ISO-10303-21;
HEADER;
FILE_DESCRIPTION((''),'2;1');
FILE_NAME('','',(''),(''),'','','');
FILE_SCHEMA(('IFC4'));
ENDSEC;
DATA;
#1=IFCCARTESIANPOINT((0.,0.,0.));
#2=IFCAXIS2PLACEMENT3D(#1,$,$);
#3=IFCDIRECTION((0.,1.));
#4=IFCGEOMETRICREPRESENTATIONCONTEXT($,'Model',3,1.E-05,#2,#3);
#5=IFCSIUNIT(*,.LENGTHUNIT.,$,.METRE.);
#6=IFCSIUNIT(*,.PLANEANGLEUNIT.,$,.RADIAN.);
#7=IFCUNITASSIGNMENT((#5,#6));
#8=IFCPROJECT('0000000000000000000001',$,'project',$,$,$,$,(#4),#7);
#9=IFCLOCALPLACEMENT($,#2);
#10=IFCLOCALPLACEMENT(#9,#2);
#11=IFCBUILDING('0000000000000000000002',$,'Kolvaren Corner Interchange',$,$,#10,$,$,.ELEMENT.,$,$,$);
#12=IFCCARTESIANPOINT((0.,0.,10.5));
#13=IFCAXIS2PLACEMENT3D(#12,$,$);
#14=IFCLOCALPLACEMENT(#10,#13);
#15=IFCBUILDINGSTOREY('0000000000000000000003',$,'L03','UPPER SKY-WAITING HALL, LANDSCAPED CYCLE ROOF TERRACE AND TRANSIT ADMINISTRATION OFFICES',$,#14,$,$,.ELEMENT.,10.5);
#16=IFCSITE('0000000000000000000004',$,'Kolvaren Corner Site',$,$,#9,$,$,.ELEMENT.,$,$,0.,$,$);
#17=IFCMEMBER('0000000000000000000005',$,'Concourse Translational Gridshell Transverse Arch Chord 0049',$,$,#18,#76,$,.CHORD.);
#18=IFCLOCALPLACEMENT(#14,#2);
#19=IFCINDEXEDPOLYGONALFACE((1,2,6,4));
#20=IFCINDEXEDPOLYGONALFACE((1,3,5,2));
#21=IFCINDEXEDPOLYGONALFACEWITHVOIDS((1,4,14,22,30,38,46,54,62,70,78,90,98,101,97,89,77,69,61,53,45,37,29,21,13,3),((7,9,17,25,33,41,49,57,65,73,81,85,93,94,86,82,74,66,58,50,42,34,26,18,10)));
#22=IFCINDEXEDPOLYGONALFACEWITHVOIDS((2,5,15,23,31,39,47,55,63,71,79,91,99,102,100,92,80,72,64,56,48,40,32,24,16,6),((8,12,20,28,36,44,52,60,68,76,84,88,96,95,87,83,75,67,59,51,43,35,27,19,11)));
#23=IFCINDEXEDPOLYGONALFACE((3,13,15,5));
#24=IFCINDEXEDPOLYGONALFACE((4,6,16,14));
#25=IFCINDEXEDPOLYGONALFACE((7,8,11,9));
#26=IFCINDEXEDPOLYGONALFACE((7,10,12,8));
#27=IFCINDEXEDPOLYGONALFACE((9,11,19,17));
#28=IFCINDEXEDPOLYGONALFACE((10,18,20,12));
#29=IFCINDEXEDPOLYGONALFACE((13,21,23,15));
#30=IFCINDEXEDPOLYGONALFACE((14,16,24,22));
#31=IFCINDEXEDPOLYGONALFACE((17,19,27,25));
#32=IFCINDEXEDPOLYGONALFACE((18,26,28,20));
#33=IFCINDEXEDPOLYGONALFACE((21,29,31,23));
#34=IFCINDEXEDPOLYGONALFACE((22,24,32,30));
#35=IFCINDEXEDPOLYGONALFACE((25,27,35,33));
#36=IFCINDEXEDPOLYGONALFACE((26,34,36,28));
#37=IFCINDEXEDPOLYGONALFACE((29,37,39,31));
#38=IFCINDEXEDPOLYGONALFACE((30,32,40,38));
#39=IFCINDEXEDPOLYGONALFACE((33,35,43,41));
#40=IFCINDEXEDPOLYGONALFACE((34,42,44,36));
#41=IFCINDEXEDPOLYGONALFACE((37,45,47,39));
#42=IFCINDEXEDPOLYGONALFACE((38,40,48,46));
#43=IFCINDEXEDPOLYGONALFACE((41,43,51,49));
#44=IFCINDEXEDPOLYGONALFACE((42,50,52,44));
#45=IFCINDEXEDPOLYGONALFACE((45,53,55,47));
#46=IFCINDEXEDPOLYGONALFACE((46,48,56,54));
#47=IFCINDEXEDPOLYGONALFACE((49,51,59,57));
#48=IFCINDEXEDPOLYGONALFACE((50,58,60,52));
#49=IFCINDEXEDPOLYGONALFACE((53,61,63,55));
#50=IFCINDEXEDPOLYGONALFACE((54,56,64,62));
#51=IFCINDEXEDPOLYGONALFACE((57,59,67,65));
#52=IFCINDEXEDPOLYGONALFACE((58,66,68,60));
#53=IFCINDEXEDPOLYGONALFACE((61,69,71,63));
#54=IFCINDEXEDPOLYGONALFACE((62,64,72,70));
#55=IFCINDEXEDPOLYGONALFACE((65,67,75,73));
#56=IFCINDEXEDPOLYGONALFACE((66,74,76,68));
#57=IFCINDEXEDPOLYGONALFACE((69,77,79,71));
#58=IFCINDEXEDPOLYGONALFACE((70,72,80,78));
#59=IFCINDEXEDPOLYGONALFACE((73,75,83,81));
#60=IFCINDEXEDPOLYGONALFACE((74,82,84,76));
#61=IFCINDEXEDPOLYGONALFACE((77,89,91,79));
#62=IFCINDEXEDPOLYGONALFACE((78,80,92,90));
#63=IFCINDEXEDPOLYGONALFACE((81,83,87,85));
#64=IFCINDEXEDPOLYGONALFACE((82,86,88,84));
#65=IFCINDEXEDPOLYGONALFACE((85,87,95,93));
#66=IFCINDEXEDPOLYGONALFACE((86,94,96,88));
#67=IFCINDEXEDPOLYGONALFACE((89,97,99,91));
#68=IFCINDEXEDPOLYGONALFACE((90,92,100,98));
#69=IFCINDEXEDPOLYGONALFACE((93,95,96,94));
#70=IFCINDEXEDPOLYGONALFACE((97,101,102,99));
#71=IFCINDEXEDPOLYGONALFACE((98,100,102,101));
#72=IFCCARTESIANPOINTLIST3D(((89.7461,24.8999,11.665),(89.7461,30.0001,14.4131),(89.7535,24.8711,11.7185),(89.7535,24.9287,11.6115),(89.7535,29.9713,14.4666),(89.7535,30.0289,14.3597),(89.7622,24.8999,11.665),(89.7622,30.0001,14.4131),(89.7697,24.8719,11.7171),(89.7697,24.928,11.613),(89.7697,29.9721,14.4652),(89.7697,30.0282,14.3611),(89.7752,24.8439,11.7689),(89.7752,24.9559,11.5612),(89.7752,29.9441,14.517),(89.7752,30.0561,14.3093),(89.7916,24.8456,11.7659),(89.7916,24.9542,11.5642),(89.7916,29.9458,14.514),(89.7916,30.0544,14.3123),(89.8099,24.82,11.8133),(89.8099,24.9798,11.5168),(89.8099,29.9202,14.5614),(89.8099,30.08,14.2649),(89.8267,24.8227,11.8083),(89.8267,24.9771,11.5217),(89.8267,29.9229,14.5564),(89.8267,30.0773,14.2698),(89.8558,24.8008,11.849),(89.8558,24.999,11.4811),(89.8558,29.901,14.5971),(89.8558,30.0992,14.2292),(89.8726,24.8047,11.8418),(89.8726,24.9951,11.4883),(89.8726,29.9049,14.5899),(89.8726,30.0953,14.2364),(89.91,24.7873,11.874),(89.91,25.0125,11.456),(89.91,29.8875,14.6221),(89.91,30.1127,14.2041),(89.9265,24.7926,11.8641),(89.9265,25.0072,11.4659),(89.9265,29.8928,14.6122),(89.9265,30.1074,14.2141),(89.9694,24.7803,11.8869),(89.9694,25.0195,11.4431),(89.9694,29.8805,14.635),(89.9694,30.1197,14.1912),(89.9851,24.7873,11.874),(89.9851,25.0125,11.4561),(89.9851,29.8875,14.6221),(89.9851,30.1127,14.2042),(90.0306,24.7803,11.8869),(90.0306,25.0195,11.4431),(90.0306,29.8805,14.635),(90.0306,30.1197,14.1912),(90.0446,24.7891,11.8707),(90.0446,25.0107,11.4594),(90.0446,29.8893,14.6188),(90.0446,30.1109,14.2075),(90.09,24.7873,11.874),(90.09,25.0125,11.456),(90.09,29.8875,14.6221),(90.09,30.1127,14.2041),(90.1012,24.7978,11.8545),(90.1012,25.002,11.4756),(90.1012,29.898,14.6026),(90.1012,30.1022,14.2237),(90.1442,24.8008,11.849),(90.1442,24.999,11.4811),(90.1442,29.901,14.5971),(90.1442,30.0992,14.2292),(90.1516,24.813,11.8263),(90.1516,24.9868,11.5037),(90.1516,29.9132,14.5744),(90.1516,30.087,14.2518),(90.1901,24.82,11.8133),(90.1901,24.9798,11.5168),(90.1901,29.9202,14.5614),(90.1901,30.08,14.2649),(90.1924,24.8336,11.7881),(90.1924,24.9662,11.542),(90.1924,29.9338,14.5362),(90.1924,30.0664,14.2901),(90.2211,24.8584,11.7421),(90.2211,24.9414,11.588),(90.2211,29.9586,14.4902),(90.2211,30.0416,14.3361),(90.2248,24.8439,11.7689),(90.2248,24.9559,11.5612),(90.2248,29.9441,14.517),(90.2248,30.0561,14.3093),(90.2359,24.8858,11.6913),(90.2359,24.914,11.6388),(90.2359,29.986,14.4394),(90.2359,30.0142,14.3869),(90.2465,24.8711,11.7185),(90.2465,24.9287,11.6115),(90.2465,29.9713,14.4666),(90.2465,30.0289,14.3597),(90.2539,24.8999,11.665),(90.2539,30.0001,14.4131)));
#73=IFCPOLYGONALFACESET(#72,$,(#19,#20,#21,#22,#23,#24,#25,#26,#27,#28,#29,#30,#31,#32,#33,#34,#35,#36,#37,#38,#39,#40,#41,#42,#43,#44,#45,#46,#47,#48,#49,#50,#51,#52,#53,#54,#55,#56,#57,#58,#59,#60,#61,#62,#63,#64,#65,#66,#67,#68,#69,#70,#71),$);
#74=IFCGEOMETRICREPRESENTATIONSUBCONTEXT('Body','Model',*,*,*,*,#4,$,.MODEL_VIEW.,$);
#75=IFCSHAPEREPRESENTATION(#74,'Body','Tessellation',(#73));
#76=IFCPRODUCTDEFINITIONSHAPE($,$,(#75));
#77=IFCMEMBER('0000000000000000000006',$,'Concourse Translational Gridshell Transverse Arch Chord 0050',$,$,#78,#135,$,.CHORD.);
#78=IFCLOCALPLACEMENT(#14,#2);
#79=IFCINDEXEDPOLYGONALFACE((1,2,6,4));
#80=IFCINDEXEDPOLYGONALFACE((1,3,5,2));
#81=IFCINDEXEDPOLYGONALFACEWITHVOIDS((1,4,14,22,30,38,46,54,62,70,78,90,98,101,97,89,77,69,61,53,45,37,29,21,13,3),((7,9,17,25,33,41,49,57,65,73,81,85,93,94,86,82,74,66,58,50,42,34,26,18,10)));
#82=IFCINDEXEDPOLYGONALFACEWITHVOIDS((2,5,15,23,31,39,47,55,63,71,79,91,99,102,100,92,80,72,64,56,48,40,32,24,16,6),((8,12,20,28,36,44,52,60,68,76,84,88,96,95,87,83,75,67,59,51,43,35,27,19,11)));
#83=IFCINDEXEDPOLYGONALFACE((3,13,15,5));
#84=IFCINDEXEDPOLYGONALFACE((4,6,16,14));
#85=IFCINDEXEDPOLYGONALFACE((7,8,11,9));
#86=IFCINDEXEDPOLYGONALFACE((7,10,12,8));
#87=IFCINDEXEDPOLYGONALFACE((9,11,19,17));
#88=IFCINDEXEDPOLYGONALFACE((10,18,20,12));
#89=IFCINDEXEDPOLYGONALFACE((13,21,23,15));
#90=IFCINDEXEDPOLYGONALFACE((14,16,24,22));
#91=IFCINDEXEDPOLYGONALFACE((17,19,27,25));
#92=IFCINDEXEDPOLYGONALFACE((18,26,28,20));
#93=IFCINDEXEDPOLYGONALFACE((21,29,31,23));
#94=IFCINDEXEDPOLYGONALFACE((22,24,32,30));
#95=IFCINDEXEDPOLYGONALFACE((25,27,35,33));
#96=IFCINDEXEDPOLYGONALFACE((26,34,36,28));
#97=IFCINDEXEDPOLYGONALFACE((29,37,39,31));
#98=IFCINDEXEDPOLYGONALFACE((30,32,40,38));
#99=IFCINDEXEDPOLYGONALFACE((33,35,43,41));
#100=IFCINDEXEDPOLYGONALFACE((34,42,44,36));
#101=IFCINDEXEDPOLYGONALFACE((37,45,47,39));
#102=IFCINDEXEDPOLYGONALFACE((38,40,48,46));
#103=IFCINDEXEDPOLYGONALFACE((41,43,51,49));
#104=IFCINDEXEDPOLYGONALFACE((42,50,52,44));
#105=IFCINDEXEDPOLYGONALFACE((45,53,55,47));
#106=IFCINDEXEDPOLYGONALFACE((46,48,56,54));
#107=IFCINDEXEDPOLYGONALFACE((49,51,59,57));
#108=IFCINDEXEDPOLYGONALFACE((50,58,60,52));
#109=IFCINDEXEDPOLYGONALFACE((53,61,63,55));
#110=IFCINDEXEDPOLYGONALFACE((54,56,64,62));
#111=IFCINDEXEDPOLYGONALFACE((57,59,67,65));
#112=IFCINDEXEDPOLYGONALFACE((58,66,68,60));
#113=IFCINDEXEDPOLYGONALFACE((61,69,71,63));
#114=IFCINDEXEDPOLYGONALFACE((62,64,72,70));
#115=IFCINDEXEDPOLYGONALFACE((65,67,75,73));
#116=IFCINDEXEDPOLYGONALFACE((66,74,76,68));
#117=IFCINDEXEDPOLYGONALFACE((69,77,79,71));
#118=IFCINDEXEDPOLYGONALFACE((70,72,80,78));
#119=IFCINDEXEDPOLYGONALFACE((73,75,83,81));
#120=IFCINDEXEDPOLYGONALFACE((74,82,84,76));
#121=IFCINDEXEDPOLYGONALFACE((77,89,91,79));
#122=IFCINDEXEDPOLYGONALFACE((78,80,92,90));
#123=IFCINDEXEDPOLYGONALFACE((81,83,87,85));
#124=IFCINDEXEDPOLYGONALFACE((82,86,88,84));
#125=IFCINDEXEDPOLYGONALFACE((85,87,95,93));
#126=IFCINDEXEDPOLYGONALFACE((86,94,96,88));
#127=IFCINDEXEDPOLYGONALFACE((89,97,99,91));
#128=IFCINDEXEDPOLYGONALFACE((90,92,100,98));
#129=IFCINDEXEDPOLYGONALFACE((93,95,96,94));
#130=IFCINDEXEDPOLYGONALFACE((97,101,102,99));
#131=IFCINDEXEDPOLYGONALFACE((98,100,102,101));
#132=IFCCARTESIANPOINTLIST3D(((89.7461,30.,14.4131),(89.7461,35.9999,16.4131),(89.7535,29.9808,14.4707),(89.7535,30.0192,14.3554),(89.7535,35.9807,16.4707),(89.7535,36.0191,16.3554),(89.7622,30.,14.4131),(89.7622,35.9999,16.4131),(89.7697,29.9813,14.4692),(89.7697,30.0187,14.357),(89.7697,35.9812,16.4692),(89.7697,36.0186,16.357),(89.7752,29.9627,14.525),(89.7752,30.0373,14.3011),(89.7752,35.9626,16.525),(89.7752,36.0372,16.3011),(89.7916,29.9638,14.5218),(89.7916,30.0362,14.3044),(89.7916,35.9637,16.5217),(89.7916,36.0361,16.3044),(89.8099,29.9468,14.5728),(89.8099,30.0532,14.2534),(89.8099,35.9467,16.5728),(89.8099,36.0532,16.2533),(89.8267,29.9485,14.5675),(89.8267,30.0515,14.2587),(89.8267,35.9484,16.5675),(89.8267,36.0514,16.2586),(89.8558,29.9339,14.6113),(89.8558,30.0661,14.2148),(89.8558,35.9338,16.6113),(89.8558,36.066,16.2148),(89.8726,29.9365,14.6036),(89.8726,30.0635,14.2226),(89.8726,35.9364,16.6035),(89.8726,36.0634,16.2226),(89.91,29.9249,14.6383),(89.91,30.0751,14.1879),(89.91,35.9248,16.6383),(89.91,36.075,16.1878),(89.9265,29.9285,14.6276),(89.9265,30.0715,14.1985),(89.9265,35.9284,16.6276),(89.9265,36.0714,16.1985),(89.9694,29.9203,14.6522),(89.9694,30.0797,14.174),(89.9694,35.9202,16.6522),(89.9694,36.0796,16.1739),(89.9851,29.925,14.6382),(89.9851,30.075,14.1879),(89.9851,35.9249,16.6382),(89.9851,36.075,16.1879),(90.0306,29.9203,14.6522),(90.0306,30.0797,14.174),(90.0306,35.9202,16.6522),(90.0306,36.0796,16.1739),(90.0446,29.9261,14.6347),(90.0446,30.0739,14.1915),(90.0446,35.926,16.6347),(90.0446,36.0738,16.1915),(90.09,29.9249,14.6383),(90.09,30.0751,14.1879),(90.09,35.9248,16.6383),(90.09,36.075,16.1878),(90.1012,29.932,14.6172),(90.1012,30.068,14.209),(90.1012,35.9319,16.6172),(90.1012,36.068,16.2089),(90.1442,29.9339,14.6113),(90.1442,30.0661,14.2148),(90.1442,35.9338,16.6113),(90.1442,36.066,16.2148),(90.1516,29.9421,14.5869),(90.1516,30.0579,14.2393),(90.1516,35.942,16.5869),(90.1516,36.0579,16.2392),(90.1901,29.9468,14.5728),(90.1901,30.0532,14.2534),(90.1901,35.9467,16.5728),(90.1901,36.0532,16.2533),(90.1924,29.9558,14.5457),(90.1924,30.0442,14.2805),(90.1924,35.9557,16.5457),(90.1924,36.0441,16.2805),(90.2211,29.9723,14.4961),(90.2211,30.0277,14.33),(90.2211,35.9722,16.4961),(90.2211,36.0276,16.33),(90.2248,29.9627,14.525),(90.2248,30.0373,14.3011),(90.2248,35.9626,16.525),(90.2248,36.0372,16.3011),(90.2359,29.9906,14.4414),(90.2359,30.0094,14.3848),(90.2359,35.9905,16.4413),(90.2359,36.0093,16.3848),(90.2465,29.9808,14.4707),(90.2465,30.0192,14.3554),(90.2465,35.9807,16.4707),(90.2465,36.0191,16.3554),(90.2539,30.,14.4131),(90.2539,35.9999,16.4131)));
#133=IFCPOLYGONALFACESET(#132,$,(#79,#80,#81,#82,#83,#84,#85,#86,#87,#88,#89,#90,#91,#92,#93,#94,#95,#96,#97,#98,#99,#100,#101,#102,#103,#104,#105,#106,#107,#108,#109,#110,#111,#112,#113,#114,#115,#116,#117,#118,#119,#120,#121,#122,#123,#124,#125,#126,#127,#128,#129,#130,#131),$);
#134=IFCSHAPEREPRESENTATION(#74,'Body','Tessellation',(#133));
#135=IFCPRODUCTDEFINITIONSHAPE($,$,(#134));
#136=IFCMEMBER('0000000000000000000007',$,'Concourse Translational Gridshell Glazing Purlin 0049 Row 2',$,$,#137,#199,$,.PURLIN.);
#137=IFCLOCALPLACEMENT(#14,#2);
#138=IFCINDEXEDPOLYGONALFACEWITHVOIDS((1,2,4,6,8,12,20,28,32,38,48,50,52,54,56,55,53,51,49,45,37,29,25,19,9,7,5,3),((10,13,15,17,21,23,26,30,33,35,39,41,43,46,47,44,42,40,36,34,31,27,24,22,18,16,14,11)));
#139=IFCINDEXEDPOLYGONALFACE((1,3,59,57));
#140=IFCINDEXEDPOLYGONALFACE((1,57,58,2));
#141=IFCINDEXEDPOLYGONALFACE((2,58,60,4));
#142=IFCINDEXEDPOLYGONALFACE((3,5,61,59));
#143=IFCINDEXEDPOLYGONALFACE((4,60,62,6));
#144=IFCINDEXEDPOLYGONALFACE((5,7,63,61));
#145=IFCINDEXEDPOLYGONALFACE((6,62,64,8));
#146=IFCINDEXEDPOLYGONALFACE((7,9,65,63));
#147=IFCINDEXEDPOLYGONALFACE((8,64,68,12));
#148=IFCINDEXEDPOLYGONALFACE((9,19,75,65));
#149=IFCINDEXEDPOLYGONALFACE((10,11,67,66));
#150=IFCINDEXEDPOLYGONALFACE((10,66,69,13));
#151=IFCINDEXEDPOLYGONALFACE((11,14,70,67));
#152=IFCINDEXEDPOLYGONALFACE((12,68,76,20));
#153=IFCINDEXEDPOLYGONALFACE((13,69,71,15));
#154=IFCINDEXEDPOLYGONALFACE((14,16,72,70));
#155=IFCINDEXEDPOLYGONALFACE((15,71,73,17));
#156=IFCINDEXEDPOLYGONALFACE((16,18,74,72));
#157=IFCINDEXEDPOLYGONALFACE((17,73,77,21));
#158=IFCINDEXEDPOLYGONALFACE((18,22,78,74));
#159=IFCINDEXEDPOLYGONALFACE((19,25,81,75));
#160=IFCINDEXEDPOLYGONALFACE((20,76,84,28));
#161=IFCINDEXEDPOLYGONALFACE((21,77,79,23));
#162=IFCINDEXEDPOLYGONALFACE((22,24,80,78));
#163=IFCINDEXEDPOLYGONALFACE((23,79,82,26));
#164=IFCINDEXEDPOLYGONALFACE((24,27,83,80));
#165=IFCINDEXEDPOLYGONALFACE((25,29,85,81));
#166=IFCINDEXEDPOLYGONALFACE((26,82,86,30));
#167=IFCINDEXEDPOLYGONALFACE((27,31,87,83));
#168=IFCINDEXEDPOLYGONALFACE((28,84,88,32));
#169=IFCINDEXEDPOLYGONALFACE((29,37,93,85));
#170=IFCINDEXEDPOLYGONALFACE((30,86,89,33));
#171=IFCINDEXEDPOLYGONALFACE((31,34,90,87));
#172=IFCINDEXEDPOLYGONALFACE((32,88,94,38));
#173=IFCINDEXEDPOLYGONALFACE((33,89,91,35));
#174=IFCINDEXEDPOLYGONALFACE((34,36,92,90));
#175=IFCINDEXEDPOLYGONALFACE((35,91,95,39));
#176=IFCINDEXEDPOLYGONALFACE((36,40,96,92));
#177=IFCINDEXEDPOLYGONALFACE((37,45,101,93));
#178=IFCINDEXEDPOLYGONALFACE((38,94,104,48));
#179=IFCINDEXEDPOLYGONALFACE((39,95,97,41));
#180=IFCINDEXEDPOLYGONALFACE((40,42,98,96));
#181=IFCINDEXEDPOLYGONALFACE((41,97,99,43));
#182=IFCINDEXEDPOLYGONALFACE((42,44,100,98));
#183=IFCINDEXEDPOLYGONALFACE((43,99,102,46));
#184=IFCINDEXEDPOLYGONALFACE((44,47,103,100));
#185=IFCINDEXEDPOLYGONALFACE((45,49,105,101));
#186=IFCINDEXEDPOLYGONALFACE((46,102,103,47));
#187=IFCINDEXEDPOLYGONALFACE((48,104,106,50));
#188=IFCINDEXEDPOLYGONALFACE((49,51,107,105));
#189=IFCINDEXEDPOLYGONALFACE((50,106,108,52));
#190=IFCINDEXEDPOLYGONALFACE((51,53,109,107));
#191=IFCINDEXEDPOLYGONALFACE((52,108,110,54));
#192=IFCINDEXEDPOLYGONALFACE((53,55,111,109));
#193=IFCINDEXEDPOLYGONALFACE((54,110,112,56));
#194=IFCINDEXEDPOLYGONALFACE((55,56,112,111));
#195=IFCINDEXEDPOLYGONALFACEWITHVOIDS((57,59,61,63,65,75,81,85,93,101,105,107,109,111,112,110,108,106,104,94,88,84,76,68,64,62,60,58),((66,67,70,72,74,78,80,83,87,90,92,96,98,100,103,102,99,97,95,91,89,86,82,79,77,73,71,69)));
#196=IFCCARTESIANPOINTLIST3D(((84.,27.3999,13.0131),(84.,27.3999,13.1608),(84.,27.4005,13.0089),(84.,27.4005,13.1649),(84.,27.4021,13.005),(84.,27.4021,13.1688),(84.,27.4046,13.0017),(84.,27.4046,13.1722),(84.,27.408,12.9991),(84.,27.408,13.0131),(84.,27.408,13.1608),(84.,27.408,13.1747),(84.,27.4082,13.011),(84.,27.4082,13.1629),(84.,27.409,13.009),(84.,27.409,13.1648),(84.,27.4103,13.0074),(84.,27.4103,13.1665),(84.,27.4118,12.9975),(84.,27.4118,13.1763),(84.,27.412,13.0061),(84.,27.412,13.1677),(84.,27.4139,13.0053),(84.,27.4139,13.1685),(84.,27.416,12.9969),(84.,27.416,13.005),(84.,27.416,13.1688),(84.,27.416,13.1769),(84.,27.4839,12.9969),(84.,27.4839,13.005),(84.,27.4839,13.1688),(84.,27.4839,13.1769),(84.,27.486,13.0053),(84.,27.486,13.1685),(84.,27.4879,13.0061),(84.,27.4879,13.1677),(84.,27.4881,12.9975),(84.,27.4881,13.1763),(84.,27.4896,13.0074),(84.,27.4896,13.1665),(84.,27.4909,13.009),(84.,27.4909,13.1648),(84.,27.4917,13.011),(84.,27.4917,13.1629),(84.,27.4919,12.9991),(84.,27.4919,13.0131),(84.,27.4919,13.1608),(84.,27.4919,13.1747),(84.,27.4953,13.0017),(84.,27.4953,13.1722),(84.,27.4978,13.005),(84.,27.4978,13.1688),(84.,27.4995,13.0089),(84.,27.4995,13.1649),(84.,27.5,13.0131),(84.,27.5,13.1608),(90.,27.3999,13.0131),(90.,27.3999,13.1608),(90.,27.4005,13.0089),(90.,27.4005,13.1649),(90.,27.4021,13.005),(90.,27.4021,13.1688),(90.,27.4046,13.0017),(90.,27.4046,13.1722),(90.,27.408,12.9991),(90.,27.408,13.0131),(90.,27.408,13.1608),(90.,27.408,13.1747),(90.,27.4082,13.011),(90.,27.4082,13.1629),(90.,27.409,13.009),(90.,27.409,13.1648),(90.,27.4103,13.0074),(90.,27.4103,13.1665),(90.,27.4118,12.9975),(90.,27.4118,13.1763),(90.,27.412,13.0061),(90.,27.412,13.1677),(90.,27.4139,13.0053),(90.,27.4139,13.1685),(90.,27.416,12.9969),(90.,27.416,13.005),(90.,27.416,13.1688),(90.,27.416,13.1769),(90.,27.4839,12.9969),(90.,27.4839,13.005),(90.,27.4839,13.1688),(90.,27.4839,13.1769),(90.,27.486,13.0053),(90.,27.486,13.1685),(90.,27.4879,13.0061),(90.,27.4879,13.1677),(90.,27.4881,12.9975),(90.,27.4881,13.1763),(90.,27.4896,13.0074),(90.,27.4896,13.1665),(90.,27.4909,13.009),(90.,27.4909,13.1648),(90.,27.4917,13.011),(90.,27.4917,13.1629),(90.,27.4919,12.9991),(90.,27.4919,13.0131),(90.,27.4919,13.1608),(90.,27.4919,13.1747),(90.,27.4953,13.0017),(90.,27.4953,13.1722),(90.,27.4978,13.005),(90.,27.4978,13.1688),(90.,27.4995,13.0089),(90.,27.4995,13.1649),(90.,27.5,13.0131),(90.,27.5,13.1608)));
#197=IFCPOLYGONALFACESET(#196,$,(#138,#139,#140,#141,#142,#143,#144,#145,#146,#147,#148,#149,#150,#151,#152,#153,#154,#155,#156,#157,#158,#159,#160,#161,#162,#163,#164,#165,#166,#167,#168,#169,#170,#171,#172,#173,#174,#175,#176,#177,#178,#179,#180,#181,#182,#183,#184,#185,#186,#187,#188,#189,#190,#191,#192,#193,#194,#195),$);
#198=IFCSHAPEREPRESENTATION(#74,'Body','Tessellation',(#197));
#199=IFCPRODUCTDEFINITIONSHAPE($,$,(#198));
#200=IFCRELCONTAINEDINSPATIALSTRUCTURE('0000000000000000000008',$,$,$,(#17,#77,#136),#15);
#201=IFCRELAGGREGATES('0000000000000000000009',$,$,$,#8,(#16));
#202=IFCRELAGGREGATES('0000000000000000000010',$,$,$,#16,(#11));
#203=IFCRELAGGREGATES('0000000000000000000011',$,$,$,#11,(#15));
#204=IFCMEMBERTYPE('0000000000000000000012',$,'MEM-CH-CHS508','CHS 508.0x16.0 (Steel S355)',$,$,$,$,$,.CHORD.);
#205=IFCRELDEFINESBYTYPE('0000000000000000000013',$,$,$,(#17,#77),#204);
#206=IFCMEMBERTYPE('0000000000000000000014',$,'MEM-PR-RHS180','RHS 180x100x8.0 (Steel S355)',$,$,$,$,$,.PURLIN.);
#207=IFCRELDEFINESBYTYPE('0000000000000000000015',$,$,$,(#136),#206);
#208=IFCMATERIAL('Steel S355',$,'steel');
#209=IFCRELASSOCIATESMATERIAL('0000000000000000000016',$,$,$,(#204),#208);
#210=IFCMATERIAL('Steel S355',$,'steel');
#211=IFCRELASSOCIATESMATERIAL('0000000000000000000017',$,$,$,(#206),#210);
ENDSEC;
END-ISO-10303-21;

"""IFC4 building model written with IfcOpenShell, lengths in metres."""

from ifc_helpers import new_model, si_unit, direction, frame, origin, origin_2d, place, context, subcontext, project, spatial, hollow_rectangle, hollow_circle, extrude, material, material_profile, profile_set, type_object, element, save


model = new_model("IFC4")

# Units and contexts
model_context = context("Model", 3, precision=1e-05, world=origin(), true_north=direction((0.0, 1.0)))
body_context = subcontext(model_context, "Body", "Model", "MODEL_VIEW")
ifc_project = project(units=[si_unit("LENGTHUNIT", "METRE"), si_unit("PLANEANGLEUNIT", "RADIAN")], contexts=[model_context])

# Site, building, storey
site_placement = place(None, origin())
site = spatial("IfcSite", under=ifc_project, at=site_placement, Name="Kolvaren Corner Site", CompositionType="ELEMENT", RefElevation=0.0)
building_placement = place(site_placement, origin())
building = spatial("IfcBuilding", under=site, at=building_placement, Name="Kolvaren Corner Interchange", CompositionType="ELEMENT")
storey_placement = place(building_placement, frame((0.0, 0.0, 10.5)))
storey = spatial("IfcBuildingStorey", under=building, at=storey_placement, Name="L03", Description="UPPER SKY-WAITING HALL, LANDSCAPED CYCLE ROOF TERRACE AND TRANSIT ADMINISTRATION OFFICES", CompositionType="ELEMENT", Elevation=10.5)

# Members
ifc_material_1 = material(Name="Steel S355", Category="steel")
ifc_material_profile_1 = material_profile(ifc_material_1, hollow_circle(Radius=0.2539, WallThickness=0.0161, at=origin_2d()), Name="CHS 508.0x16.0")
ifc_profile_set_1 = profile_set([ifc_material_profile_1], Name="Steel S355")
member_type_1 = type_object("IfcMemberType", Name="MEM-CH-CHS508", Description="CHS 508.0x16.0 (Steel S355)", PredefinedType="CHORD", material=ifc_profile_set_1)
member_1_placement = place(storey_placement, frame((90.0, 24.8999, 11.665), z_axis=(0.0, 0.880338, 0.474346), x_axis=(-1.0, 0.0, 0.0)))
element("IfcMember", 1, at=member_1_placement, inside=storey, type_object=member_type_1, Name="Concourse Translational Gridshell Transverse Arch Chord 0049", PredefinedType="CHORD", context=body_context, shape_type="SweptSolid", body=[
    extrude(hollow_circle(Radius=0.2539, WallThickness=0.0161, at=origin_2d()), origin(), (0.0, 0.0, 1.0), 5.7935),
])
member_2_placement = place(storey_placement, frame((90.0, 30.0, 14.4131), z_axis=(0.0, 0.948683, 0.316228), x_axis=(-1.0, 0.0, 0.0)))
element("IfcMember", 2, at=member_2_placement, inside=storey, type_object=member_type_1, Name="Concourse Translational Gridshell Transverse Arch Chord 0050", PredefinedType="CHORD", context=body_context, shape_type="SweptSolid", body=[
    extrude(hollow_circle(Radius=0.2539, WallThickness=0.0161, at=origin_2d()), origin(), (0.0, 0.0, 1.0), 6.3245),
])
ifc_material_2 = material(Name="Steel S355", Category="steel")
ifc_material_profile_2 = material_profile(ifc_material_2, hollow_rectangle(XDim=0.1001, YDim=0.1799, WallThickness=0.0081, InnerFilletRadius=0.0081, OuterFilletRadius=0.0161, at=origin_2d()), Name="RHS 180x100x8.0")
ifc_profile_set_2 = profile_set([ifc_material_profile_2], Name="Steel S355")
member_type_2 = type_object("IfcMemberType", Name="MEM-PR-RHS180", Description="RHS 180x100x8.0 (Steel S355)", PredefinedType="PURLIN", material=ifc_profile_set_2)
for number, where, z_axis, x_axis, name in (
    (3, (84.0, 27.45, 13.0869), (1.0, 0.0, 0.0), (0.0, 1.0, 0.0), "Concourse Translational Gridshell Glazing Purlin 0049 Row 2"),
):
    element("IfcMember", number, at=place(storey_placement, frame(where, z_axis=z_axis, x_axis=x_axis)), inside=storey, type_object=member_type_2, Name=name, PredefinedType="PURLIN", context=body_context, shape_type="SweptSolid", body=[
        extrude(hollow_rectangle(XDim=0.1001, YDim=0.1799, WallThickness=0.0081, InnerFilletRadius=0.0081, OuterFilletRadius=0.0161, at=origin_2d()), origin(), (0.0, 0.0, 1.0), 6.0),
    ])

save(model, "model.ifc")
